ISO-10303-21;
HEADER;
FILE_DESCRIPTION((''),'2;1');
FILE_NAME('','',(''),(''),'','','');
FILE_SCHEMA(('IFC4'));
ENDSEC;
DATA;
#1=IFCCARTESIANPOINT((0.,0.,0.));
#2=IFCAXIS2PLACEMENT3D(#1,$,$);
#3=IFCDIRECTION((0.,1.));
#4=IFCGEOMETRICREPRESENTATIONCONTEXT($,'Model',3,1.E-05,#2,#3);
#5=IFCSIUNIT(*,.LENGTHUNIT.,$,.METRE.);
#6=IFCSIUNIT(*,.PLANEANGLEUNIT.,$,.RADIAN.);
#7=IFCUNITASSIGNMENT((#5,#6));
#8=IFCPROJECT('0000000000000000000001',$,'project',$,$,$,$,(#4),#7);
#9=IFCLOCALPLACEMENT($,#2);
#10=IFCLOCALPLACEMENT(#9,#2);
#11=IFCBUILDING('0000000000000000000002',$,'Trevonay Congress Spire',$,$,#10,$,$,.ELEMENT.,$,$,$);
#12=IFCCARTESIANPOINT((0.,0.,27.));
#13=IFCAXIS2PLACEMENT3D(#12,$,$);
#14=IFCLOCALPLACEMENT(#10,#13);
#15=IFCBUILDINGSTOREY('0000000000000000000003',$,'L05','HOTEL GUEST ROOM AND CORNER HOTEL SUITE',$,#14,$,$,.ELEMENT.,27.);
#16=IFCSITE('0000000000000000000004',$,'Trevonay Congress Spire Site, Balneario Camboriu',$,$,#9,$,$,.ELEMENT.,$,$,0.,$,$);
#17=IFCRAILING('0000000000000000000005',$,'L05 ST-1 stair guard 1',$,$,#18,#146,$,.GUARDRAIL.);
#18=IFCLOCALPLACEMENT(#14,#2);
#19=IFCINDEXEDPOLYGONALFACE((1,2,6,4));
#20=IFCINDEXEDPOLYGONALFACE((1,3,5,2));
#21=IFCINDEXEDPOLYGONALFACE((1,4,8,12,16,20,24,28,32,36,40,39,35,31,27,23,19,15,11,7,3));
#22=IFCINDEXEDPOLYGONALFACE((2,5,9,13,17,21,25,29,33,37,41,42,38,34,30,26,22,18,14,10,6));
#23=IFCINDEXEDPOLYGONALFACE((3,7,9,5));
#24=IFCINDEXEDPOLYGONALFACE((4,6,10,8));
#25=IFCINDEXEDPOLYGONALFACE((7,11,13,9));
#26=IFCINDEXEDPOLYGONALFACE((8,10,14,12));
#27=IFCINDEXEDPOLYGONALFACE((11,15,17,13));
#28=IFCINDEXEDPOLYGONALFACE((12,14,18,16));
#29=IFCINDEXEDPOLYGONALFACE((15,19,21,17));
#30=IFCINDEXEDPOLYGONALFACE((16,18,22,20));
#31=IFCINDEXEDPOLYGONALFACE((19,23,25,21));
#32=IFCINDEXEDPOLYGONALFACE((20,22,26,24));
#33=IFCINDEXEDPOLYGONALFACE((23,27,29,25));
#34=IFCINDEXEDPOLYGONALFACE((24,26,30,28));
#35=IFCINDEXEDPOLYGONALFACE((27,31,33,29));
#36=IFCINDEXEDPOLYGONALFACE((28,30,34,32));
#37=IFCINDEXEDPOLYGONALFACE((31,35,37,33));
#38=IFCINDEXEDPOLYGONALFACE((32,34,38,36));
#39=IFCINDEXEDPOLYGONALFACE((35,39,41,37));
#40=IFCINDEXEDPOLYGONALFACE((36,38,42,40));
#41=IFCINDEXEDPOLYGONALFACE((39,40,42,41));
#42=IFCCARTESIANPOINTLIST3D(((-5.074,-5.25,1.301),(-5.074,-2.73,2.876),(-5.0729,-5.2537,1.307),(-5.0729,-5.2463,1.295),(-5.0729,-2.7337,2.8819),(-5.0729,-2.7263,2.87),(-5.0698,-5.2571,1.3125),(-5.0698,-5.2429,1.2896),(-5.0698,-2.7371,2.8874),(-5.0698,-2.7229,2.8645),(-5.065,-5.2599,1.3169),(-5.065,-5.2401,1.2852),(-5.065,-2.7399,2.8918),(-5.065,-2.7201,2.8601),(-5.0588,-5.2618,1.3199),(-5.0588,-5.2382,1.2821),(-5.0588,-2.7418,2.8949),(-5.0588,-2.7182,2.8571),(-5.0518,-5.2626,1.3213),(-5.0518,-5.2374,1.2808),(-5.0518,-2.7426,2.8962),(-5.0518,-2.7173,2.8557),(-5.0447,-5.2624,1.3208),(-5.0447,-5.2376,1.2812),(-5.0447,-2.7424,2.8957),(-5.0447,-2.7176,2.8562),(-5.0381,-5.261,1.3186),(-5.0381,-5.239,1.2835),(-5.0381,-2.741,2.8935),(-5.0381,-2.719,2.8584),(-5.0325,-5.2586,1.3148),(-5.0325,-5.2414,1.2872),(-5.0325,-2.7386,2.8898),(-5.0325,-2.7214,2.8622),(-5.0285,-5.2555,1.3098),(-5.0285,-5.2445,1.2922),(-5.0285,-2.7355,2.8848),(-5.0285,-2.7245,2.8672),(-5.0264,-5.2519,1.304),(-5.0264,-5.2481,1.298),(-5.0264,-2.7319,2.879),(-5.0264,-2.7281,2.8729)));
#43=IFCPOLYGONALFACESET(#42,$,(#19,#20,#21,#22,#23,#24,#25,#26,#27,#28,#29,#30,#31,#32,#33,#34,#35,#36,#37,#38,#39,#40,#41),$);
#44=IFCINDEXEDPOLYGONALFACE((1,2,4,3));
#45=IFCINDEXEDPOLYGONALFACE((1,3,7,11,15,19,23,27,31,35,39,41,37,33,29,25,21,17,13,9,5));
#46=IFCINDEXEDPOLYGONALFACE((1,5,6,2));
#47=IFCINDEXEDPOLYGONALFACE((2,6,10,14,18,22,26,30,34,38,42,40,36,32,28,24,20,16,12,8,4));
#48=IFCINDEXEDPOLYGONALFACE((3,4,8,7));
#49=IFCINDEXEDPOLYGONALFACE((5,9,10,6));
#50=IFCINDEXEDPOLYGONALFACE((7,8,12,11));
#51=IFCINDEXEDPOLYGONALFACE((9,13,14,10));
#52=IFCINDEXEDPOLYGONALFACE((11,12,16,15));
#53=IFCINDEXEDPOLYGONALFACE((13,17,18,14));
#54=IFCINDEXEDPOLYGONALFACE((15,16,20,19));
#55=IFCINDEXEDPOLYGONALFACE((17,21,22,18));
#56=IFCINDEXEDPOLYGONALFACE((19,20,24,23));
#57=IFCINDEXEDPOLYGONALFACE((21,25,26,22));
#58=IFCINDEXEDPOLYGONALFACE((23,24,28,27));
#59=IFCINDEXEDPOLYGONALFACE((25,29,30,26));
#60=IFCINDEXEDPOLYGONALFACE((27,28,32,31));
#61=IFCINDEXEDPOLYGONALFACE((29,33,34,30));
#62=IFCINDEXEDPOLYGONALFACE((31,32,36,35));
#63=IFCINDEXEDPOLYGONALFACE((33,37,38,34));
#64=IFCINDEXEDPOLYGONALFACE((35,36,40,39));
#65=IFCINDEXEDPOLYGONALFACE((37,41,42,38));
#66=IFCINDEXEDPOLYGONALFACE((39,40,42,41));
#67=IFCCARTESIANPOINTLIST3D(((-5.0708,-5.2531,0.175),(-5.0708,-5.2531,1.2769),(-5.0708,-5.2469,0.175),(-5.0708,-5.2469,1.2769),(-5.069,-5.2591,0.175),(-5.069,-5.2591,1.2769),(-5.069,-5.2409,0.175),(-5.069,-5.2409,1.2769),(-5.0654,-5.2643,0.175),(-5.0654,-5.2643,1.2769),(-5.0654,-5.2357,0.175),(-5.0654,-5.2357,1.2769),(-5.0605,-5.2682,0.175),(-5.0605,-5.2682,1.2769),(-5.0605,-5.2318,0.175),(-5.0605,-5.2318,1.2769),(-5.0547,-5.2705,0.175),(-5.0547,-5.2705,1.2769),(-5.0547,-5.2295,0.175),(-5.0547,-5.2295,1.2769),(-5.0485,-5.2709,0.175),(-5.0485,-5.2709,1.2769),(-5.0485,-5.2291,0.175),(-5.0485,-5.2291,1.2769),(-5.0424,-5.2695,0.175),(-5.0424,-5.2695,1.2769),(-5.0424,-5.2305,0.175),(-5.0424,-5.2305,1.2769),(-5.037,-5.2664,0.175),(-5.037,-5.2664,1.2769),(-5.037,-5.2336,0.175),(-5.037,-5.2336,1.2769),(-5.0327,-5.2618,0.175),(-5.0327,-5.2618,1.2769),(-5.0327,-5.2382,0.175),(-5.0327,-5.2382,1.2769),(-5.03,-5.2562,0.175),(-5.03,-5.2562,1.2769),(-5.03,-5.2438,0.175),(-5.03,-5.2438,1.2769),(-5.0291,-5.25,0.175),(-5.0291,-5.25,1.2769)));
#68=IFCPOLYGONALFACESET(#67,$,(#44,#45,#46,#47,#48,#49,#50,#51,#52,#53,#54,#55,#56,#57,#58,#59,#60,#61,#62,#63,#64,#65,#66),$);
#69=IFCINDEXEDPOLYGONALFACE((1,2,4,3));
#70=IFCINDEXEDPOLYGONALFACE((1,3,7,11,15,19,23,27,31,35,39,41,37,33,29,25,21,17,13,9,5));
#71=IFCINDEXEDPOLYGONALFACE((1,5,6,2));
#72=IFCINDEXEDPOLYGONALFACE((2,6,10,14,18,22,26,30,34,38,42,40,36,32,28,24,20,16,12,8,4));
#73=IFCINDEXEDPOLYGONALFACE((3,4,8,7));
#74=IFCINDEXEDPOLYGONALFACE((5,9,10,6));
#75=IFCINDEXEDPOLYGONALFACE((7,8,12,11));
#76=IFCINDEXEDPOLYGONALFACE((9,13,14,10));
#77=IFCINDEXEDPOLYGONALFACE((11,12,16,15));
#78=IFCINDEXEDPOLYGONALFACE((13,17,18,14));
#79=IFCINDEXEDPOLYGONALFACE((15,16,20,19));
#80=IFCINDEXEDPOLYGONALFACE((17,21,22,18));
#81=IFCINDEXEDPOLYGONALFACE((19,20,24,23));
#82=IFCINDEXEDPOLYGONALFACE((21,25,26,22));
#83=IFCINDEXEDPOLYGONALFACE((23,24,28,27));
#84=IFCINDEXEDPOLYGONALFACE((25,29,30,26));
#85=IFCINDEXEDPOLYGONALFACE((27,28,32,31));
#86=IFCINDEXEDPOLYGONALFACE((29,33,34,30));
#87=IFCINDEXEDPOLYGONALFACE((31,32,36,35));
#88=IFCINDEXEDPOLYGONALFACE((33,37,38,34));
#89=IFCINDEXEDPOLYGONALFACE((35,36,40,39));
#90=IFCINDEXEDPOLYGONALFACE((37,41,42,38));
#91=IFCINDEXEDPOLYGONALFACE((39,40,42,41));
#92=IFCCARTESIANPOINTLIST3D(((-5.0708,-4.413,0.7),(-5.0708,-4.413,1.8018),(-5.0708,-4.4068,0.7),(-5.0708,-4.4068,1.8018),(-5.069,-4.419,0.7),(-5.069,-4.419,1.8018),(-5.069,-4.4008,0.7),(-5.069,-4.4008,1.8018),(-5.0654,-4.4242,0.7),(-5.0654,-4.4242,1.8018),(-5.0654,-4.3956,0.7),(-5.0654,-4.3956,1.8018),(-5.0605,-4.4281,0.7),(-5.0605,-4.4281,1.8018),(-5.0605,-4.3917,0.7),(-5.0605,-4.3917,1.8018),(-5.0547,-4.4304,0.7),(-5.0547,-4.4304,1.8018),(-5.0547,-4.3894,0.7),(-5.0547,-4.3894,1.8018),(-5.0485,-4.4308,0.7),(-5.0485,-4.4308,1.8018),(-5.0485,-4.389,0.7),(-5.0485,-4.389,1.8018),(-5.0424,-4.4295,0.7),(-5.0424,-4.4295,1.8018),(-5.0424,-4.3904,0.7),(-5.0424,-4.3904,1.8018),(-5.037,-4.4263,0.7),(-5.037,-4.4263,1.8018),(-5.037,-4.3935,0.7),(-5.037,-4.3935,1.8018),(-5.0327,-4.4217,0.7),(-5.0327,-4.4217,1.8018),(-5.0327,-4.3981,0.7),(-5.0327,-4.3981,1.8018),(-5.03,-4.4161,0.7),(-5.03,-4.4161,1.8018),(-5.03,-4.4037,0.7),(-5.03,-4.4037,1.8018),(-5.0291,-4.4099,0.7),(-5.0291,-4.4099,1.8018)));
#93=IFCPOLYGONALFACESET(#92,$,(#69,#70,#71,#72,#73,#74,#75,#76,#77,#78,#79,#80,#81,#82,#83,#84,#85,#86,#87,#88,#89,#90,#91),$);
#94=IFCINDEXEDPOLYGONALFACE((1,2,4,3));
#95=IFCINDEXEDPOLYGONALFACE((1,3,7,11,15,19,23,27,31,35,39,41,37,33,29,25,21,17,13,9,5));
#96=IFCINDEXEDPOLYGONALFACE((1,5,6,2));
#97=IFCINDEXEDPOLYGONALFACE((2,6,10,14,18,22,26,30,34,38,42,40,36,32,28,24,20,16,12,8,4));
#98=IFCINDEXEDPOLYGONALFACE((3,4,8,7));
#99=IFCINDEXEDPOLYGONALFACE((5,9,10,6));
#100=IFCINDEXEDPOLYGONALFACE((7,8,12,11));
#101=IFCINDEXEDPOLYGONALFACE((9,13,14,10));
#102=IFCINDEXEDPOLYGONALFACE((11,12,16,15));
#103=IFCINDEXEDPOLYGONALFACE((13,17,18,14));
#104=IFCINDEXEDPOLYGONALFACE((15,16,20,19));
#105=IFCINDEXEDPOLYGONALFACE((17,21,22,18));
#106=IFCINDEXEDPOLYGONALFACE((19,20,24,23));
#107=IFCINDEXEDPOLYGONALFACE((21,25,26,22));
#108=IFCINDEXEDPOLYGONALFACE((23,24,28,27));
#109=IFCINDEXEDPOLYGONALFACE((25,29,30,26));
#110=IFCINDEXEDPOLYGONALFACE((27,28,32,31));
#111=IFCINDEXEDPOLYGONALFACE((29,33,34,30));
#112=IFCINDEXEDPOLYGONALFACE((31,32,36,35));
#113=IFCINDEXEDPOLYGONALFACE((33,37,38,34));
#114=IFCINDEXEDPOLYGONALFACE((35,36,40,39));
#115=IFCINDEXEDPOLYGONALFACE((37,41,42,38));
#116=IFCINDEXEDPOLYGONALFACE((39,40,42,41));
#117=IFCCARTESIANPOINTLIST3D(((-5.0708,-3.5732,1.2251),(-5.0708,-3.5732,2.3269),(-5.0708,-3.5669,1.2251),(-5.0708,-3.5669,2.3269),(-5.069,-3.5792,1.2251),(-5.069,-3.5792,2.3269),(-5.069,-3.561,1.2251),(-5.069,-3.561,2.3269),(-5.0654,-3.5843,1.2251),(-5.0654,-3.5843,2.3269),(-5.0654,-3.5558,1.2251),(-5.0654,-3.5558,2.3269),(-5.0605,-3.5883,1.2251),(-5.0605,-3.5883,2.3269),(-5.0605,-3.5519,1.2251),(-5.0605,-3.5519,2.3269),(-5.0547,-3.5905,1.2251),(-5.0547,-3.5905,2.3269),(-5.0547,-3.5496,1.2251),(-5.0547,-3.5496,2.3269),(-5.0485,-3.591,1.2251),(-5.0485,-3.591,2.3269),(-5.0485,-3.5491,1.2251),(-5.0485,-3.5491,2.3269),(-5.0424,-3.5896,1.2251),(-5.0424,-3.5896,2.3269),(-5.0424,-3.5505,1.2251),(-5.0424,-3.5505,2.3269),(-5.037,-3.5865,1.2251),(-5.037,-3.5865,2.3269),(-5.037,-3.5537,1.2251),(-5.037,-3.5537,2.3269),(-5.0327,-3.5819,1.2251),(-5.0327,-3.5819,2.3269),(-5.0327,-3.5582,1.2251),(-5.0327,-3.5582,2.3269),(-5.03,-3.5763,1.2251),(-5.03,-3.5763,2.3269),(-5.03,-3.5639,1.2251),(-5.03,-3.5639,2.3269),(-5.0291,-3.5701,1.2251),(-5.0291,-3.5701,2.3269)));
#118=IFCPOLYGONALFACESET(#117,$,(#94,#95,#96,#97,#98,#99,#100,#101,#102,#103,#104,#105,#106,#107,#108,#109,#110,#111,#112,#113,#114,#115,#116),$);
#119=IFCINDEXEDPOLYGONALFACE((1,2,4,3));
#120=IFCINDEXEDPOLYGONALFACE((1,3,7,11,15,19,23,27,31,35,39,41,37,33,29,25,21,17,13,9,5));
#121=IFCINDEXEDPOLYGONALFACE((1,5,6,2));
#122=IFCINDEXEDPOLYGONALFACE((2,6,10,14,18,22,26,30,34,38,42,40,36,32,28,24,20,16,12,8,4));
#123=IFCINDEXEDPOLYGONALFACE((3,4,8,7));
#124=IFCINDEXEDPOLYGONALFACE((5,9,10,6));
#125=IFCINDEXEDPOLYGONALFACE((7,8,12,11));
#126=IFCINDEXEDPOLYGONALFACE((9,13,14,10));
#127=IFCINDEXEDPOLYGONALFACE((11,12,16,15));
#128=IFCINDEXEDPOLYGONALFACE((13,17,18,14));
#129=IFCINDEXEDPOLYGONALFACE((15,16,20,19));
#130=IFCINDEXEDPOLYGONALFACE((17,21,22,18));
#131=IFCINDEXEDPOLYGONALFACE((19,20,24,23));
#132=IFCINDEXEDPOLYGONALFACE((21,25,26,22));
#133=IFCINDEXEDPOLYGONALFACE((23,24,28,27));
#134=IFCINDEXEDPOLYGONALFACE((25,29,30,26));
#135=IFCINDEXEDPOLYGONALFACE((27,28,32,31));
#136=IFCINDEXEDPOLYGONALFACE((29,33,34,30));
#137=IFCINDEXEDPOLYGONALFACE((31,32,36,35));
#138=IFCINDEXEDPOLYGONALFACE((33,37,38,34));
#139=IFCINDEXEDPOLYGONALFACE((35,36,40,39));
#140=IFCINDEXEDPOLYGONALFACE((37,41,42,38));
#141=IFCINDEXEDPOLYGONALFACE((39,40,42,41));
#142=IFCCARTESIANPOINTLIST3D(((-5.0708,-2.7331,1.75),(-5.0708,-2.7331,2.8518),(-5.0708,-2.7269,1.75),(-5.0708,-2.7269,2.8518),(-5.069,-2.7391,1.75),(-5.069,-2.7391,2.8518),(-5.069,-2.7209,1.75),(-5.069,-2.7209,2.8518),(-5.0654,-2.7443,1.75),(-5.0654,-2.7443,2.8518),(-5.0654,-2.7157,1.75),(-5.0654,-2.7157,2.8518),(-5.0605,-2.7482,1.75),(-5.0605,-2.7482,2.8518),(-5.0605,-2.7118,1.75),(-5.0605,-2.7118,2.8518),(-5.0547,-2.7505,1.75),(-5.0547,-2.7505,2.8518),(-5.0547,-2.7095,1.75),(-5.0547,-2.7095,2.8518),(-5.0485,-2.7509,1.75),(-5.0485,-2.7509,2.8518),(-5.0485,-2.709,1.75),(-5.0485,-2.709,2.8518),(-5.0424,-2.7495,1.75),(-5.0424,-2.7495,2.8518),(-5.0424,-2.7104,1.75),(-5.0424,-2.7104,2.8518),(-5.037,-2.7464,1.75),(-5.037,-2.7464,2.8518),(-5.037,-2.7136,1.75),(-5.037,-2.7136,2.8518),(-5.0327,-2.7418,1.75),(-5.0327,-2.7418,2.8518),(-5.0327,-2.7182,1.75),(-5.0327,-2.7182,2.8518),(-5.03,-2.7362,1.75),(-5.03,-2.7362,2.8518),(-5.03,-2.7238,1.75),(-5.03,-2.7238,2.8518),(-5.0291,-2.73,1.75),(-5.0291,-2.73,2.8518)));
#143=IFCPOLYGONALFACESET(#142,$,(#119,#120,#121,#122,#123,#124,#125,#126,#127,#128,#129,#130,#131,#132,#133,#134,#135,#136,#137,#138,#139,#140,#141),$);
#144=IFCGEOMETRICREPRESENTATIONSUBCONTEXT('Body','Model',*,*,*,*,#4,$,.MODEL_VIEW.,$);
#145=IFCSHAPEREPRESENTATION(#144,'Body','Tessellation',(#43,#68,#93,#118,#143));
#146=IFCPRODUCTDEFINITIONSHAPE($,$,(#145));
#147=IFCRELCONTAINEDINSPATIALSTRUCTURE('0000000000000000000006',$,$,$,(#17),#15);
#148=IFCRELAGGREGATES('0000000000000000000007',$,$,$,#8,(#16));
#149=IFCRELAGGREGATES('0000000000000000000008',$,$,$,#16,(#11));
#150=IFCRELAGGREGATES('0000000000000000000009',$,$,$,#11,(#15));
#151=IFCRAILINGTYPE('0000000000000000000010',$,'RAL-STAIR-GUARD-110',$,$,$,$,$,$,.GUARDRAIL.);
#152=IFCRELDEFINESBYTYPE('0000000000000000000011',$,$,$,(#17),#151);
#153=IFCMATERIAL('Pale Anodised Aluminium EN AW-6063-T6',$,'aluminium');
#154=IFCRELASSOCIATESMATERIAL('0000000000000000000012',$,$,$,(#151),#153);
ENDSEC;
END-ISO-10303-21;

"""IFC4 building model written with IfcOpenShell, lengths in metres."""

from ifc_helpers import new_model, si_unit, direction, frame, origin, origin_2d, place, context, subcontext, project, spatial, circle, extrude, material, type_object, element, save


model = new_model("IFC4")

# Units and contexts
model_context = context("Model", 3, precision=1e-05, world=origin(), true_north=direction((0.0, 1.0)))
body_context = subcontext(model_context, "Body", "Model", "MODEL_VIEW")
ifc_project = project(units=[si_unit("LENGTHUNIT", "METRE"), si_unit("PLANEANGLEUNIT", "RADIAN")], contexts=[model_context])

# Site, building, storey
site_placement = place(None, origin())
site = spatial("IfcSite", under=ifc_project, at=site_placement, Name="Trevonay Congress Spire Site, Balneario Camboriu", CompositionType="ELEMENT", RefElevation=0.0)
building_placement = place(site_placement, origin())
building = spatial("IfcBuilding", under=site, at=building_placement, Name="Trevonay Congress Spire", CompositionType="ELEMENT")
storey_placement = place(building_placement, frame((0.0, 0.0, 27.0)))
storey = spatial("IfcBuildingStorey", under=building, at=storey_placement, Name="L05", Description="HOTEL GUEST ROOM AND CORNER HOTEL SUITE", CompositionType="ELEMENT", Elevation=27.0)

# Shared definitions
ifc_material_1 = material(Name="Pale Anodised Aluminium EN AW-6063-T6", Category="aluminium")

# Railing
railing_type_1 = type_object("IfcRailingType", Name="RAL-STAIR-GUARD-110", PredefinedType="GUARDRAIL", material=ifc_material_1)
railing_1_placement = place(storey_placement, frame((-5.05, -5.25, 0.175)))
element("IfcRailing", 1, at=railing_1_placement, inside=storey, type_object=railing_type_1, Name="L05 ST-1 stair guard 1", PredefinedType="GUARDRAIL", context=body_context, shape_type="SweptSolid", body=[
    extrude(circle(Radius=0.0239, at=origin_2d()), frame((0.0, 0.0, 1.126), z_axis=(0.0, 0.848008, 0.529984), x_axis=(-1.0, 0.0, 0.0)), (0.0, 0.0, 1.0), 2.9717),
    extrude(circle(Radius=0.021, at=origin_2d()), origin(), (0.0, 0.0, 1.0), 1.1018),
    extrude(circle(Radius=0.021, at=origin_2d()), frame((0.0, 0.8401, 0.5249)), (0.0, 0.0, 1.0), 1.1018),
    extrude(circle(Radius=0.021, at=origin_2d()), frame((0.0, 1.6799, 1.05)), (0.0, 0.0, 1.0), 1.1018),
    extrude(circle(Radius=0.021, at=origin_2d()), frame((0.0, 2.52, 1.575)), (0.0, 0.0, 1.0), 1.1018),
])

save(model, "model.ifc")
